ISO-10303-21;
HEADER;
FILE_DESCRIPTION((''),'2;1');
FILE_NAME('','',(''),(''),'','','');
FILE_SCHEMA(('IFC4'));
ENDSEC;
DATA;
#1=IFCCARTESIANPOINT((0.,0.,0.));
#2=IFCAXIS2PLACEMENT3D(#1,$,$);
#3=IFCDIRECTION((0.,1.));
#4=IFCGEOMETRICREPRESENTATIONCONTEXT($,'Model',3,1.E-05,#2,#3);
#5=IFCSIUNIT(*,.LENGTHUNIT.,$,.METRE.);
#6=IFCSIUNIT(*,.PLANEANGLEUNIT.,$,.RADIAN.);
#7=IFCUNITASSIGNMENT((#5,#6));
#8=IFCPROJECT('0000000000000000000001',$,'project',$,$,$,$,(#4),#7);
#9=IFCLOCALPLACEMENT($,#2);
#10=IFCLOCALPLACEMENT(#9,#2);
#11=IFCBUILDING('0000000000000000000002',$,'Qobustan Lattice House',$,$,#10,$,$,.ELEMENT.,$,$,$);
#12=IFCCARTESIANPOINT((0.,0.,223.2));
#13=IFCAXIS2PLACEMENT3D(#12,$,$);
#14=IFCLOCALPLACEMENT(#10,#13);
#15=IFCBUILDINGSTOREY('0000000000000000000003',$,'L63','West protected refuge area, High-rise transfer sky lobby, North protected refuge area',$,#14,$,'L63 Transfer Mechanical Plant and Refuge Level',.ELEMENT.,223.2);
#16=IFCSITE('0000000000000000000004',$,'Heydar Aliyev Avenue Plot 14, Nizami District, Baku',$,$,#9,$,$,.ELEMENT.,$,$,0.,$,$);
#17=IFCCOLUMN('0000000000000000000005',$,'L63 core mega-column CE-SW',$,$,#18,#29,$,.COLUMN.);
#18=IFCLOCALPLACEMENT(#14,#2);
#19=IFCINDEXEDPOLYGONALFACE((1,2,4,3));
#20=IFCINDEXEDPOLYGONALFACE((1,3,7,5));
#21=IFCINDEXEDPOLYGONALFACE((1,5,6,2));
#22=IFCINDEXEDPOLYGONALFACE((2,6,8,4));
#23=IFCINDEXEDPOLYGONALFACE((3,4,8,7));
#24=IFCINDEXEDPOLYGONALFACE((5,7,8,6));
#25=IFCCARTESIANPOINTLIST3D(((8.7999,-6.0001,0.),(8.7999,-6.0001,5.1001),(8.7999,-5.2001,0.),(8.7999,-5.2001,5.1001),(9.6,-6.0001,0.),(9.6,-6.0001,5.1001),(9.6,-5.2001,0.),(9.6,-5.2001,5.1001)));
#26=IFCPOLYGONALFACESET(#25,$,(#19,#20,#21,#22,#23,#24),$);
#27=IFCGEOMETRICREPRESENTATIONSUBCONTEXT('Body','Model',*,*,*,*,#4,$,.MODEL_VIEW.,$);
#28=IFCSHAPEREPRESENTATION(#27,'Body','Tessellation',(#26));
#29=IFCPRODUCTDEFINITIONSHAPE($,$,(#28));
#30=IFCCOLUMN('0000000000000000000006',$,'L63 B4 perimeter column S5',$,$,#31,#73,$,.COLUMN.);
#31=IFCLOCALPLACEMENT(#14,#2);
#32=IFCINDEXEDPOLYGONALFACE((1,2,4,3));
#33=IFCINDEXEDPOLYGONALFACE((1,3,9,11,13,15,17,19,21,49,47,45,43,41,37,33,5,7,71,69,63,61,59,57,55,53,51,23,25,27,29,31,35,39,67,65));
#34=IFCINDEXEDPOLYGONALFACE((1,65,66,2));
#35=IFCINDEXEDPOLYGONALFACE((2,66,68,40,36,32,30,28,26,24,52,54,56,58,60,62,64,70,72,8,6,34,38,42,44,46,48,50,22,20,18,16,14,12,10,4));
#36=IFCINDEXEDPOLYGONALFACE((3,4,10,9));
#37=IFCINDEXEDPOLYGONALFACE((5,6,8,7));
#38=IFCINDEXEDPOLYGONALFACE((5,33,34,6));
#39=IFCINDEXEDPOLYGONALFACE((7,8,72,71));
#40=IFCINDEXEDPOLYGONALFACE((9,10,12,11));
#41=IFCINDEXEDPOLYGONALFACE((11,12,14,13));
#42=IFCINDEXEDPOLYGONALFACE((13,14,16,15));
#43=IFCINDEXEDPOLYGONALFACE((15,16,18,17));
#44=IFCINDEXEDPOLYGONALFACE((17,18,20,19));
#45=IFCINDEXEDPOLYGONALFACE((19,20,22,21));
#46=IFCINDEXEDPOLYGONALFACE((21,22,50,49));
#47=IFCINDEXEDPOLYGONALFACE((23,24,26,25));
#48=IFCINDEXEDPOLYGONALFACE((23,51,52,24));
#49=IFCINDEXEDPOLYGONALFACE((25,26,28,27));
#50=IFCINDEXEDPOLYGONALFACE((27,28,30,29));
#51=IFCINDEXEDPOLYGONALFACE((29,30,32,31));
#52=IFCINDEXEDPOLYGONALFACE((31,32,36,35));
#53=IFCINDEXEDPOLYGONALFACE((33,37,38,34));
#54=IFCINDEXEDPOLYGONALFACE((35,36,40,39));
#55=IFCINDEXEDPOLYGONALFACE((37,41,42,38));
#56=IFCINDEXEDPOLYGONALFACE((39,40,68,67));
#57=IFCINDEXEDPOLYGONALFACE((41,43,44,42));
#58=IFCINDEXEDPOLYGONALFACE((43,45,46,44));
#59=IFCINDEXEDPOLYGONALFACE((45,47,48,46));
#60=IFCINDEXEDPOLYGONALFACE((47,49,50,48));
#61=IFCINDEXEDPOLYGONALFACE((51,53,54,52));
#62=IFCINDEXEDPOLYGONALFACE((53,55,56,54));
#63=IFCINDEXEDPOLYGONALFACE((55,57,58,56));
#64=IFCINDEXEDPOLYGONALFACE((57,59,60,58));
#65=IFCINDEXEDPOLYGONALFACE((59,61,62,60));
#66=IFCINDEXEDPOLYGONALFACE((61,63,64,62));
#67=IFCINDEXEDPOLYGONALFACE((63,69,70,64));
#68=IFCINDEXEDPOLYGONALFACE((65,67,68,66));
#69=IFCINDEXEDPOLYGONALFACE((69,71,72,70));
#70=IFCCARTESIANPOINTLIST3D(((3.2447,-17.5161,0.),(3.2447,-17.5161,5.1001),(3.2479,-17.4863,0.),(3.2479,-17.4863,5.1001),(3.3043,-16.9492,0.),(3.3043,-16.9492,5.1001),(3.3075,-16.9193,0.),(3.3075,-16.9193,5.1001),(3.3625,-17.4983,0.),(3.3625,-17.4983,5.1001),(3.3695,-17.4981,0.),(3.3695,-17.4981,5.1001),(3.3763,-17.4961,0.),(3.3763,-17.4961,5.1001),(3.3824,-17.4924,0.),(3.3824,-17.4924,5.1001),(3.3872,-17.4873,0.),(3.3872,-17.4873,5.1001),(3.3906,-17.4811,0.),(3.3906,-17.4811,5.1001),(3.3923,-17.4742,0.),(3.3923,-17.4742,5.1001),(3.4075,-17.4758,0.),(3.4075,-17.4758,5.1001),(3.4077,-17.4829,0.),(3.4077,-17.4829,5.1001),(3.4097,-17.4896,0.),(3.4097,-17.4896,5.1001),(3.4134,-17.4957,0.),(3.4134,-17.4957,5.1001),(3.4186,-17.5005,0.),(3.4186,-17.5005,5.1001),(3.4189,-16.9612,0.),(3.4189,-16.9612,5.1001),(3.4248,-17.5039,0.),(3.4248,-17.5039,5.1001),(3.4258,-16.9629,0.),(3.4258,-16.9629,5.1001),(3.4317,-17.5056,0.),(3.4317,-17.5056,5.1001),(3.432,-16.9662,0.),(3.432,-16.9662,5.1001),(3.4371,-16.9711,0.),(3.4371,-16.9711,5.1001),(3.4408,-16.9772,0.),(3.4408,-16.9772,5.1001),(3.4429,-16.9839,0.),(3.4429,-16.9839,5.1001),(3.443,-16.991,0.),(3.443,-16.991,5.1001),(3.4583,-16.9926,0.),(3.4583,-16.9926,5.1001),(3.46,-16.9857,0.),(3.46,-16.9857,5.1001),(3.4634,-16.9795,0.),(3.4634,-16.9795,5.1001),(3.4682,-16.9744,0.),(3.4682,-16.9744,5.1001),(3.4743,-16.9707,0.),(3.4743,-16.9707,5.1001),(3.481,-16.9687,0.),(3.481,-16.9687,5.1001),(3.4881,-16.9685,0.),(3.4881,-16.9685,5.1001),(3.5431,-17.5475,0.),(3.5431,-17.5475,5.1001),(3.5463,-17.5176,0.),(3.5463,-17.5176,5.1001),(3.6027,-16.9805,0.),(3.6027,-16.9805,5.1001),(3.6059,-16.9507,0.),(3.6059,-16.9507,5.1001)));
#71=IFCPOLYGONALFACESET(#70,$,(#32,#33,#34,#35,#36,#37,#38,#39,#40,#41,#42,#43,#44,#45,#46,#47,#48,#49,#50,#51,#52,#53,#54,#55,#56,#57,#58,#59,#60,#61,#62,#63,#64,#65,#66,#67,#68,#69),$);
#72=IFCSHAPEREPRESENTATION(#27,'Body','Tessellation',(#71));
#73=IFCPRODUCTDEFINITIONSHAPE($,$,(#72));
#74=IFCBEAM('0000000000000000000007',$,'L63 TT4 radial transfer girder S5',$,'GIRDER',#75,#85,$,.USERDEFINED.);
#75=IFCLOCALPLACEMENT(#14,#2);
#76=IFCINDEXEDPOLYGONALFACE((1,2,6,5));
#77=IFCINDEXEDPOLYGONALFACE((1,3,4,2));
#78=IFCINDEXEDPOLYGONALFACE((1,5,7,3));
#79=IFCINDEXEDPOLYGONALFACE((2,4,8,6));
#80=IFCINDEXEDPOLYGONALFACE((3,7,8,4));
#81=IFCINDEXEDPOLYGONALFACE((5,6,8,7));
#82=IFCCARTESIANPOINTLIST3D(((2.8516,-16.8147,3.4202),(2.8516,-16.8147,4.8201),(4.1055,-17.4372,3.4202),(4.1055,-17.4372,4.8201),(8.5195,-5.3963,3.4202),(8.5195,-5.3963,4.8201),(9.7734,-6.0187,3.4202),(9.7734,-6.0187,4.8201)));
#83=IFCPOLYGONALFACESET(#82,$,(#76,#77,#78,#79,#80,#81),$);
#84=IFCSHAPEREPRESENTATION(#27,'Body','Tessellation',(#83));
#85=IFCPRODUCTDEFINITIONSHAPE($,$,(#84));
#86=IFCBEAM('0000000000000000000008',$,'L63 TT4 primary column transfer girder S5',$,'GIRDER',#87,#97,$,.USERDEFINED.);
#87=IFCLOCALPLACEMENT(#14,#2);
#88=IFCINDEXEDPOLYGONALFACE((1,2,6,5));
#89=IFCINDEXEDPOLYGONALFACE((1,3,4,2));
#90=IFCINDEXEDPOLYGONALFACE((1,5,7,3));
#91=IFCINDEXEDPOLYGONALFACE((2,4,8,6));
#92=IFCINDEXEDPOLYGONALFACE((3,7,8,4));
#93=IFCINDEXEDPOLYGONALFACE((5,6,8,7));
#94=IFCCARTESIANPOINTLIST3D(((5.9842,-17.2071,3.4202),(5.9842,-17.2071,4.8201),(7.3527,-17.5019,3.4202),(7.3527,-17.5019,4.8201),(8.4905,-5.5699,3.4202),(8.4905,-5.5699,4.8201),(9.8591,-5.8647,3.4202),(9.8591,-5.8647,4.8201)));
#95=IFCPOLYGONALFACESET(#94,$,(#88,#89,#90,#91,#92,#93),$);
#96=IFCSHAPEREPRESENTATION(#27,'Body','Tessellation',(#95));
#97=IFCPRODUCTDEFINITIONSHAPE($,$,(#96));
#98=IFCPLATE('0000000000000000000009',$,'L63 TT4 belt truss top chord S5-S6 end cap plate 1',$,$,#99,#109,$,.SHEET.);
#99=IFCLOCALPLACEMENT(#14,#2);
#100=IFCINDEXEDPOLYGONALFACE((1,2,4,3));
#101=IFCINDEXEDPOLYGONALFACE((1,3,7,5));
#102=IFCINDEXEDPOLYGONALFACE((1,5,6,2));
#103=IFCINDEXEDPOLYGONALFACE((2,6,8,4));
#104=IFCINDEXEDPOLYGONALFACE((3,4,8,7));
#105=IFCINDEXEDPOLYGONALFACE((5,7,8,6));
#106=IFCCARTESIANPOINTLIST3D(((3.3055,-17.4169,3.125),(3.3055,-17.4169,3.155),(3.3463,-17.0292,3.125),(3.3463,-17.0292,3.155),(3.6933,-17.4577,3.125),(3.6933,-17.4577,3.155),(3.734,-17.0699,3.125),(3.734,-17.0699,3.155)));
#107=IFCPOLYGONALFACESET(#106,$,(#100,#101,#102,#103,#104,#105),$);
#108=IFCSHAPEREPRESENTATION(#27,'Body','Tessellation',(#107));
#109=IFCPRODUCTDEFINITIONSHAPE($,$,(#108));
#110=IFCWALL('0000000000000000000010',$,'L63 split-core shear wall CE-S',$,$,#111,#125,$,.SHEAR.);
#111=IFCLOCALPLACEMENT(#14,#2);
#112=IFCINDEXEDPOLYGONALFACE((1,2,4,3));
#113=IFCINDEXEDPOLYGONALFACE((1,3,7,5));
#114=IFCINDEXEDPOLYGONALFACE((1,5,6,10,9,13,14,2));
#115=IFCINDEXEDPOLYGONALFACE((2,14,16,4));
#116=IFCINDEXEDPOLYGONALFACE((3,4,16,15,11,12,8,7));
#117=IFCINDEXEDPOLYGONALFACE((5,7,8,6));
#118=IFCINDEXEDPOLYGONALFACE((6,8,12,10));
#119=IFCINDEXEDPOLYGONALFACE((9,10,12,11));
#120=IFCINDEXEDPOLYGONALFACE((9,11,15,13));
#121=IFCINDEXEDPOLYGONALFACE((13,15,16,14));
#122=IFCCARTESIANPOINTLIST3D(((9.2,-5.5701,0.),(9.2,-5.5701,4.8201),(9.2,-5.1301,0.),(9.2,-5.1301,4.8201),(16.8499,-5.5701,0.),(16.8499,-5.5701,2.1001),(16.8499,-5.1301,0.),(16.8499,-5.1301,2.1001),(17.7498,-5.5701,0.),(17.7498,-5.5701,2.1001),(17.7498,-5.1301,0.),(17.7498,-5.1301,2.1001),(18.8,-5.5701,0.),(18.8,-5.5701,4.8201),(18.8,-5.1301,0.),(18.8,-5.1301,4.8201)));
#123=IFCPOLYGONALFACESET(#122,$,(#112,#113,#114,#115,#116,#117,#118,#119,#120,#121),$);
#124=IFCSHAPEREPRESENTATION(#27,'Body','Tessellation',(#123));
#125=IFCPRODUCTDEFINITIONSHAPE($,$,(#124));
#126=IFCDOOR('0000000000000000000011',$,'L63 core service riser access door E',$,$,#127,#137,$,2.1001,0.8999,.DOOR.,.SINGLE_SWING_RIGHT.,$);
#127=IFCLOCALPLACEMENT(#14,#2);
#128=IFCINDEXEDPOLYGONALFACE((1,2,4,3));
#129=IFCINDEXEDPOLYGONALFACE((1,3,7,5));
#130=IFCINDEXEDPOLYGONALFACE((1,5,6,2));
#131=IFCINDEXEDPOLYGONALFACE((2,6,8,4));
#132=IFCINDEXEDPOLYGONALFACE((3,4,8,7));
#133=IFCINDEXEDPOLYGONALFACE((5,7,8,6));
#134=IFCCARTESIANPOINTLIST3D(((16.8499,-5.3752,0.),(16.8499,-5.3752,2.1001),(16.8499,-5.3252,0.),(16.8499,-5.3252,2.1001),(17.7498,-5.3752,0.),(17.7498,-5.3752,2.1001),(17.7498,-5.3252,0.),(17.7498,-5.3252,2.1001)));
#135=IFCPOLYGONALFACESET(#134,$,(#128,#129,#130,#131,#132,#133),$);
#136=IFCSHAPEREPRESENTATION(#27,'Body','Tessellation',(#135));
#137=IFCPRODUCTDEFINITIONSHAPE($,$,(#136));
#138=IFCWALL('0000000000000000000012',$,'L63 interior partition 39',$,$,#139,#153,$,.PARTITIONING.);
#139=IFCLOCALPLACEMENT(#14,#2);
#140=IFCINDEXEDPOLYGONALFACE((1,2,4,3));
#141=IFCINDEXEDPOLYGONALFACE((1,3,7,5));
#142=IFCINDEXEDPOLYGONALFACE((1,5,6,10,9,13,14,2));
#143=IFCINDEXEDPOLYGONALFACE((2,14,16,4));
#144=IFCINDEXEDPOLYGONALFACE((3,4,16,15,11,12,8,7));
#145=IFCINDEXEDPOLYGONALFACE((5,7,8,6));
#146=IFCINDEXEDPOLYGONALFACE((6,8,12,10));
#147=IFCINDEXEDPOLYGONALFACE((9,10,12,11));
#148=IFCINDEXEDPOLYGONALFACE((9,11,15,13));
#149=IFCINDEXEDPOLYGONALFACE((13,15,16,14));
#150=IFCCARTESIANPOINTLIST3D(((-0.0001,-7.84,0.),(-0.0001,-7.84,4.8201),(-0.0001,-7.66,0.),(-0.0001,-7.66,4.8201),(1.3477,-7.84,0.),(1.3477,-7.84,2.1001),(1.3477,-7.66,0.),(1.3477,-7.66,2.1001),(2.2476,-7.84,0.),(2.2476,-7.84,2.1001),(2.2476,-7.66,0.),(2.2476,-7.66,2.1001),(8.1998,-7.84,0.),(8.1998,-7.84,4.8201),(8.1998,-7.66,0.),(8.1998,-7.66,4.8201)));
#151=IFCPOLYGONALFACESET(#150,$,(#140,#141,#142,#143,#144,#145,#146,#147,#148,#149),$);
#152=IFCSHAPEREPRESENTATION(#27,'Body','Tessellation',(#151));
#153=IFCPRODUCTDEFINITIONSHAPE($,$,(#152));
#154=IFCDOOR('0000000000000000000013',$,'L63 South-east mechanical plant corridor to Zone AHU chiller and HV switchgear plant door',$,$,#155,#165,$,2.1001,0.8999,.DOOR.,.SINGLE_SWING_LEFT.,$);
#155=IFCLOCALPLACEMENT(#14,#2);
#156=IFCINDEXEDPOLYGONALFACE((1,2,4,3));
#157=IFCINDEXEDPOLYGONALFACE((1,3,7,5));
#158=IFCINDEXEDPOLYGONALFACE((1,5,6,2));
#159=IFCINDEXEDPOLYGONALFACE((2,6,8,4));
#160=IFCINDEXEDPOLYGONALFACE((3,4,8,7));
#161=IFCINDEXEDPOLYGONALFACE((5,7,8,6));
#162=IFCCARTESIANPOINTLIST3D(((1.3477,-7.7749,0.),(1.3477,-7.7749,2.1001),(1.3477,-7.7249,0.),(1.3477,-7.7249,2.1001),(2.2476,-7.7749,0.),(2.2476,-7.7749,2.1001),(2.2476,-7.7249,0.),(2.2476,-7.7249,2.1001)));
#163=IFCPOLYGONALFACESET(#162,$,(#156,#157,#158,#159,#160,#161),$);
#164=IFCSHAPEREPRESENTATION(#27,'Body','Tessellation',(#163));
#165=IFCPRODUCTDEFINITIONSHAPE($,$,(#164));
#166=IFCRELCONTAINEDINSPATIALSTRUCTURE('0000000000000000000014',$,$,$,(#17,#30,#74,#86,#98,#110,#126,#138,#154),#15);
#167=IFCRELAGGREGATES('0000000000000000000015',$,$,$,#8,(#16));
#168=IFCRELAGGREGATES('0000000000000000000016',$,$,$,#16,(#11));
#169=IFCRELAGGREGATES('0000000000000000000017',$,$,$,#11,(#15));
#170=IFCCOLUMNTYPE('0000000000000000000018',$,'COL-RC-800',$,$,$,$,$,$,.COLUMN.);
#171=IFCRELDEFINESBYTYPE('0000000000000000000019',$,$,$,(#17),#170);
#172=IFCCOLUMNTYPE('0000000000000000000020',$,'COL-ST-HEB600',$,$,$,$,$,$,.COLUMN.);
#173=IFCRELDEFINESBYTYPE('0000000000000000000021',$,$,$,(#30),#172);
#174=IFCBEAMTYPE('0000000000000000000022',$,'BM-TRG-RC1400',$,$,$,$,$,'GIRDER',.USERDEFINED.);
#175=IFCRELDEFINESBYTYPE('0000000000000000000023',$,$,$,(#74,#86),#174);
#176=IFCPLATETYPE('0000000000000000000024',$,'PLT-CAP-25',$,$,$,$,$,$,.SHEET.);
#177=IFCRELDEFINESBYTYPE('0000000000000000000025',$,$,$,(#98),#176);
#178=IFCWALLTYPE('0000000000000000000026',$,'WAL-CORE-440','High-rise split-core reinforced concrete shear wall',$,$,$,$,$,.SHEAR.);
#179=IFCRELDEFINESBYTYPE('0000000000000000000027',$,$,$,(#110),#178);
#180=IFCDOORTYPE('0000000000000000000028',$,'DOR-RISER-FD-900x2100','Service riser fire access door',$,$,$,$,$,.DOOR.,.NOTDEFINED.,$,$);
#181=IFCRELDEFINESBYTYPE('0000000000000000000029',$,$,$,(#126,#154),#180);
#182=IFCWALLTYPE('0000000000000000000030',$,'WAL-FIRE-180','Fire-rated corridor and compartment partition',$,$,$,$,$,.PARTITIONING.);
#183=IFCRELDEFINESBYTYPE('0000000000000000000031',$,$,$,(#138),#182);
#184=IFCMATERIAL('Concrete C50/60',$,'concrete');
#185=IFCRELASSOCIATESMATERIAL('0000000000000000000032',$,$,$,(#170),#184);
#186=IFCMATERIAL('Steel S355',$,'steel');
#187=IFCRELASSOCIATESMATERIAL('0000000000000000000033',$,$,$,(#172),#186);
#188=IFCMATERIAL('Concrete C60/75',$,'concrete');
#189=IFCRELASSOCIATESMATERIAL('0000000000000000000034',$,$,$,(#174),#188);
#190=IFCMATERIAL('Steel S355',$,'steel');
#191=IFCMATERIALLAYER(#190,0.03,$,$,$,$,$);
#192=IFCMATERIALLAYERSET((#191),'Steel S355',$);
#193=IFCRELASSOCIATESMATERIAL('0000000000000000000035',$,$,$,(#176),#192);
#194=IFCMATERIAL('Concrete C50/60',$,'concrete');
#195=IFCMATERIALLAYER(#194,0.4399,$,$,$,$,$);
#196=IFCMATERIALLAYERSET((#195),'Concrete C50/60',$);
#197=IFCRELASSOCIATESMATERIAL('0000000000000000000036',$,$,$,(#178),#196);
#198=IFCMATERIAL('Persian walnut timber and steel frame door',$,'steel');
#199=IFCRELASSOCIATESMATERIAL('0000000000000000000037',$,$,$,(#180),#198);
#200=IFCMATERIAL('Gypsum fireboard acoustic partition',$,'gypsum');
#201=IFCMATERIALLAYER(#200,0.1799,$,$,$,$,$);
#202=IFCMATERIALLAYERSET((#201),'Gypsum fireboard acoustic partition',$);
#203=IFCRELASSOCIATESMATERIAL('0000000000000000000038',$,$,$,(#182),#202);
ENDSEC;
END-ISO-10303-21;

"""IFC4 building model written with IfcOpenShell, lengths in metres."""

from ifc_helpers import new_model, si_unit, direction, frame, frame_2d, origin, origin_2d, place, context, subcontext, project, spatial, rectangle, i_section, extrude, material, layer, layer_set, material_profile, profile_set, type_object, element, fill, save


model = new_model("IFC4")

# Units and contexts
model_context = context("Model", 3, precision=1e-05, world=origin(), true_north=direction((0.0, 1.0)))
body_context = subcontext(model_context, "Body", "Model", "MODEL_VIEW")
ifc_project = project(units=[si_unit("LENGTHUNIT", "METRE"), si_unit("PLANEANGLEUNIT", "RADIAN")], contexts=[model_context])

# Site, building, storey
site_placement = place(None, origin())
site = spatial("IfcSite", under=ifc_project, at=site_placement, Name="Heydar Aliyev Avenue Plot 14, Nizami District, Baku", CompositionType="ELEMENT", RefElevation=0.0)
building_placement = place(site_placement, origin())
building = spatial("IfcBuilding", under=site, at=building_placement, Name="Qobustan Lattice House", CompositionType="ELEMENT")
storey_placement = place(building_placement, frame((0.0, 0.0, 223.2)))
storey = spatial("IfcBuildingStorey", under=building, at=storey_placement, Name="L63", Description="West protected refuge area, High-rise transfer sky lobby, North protected refuge area", LongName="L63 Transfer Mechanical Plant and Refuge Level", CompositionType="ELEMENT", Elevation=223.2)

# Columns
ifc_material_1 = material(Name="Concrete C50/60", Category="concrete")
ifc_material_profile_1 = material_profile(ifc_material_1, rectangle(XDim=0.8, YDim=0.8, at=origin_2d()), Name="RC800x800")
ifc_profile_set_1 = profile_set([ifc_material_profile_1], Name="Concrete C50/60")
column_type_1 = type_object("IfcColumnType", Name="COL-RC-800", PredefinedType="COLUMN", material=ifc_profile_set_1)
column_1_placement = place(storey_placement, frame((9.2, -5.6001, 0.0), z_axis=(0.0, 0.0, 1.0), x_axis=(1.0, 0.0, 0.0)))
element("IfcColumn", 1, at=column_1_placement, inside=storey, type_object=column_type_1, Name="L63 core mega-column CE-SW", PredefinedType="COLUMN", context=body_context, shape_type="SweptSolid", body=[
    extrude(rectangle(XDim=0.8, YDim=0.8, at=origin_2d()), origin(), (0.0, 0.0, 1.0), 5.1001),
])
ifc_material_2 = material(Name="Steel S355", Category="steel")
ifc_material_profile_2 = material_profile(ifc_material_2, i_section(OverallWidth=0.3, OverallDepth=0.6001, WebThickness=0.0154, FlangeThickness=0.03, FilletRadius=0.0271, at=origin_2d()), Name="HEB600")
ifc_profile_set_2 = profile_set([ifc_material_profile_2], Name="Steel S355")
column_type_2 = type_object("IfcColumnType", Name="COL-ST-HEB600", PredefinedType="COLUMN", material=ifc_profile_set_2)
column_2_placement = place(storey_placement, frame((3.4253, -17.2334, 0.0), z_axis=(0.0, 0.0, 1.0), x_axis=(0.994522, -0.104528, 0.0)))
element("IfcColumn", 2, at=column_2_placement, inside=storey, type_object=column_type_2, Name="L63 B4 perimeter column S5", PredefinedType="COLUMN", context=body_context, shape_type="SweptSolid", body=[
    extrude(i_section(OverallWidth=0.3, OverallDepth=0.6001, WebThickness=0.0154, FlangeThickness=0.03, FilletRadius=0.0271, at=origin_2d()), origin(), (0.0, 0.0, 1.0), 5.1001),
])

# Beams
ifc_material_3 = material(Name="Concrete C60/75", Category="concrete")
ifc_material_profile_3 = material_profile(ifc_material_3, rectangle(XDim=1.3999, YDim=1.3999, at=origin_2d()), Name="RC1400x1400")
ifc_profile_set_3 = profile_set([ifc_material_profile_3], Name="Concrete C60/75")
beam_type = type_object("IfcBeamType", Name="BM-TRG-RC1400", ElementType="GIRDER", PredefinedType="USERDEFINED", material=ifc_profile_set_3)
beam_1_placement = place(storey_placement, frame((9.1465, -5.7075, 4.1201), z_axis=(-0.444622, -0.895718, 0.0), x_axis=(0.895718, -0.444622, 0.0)))
element("IfcBeam", 3, at=beam_1_placement, inside=storey, type_object=beam_type, Name="L63 TT4 radial transfer girder S5", ObjectType="GIRDER", PredefinedType="USERDEFINED", context=body_context, shape_type="SweptSolid", body=[
    extrude(rectangle(XDim=1.3999, YDim=1.3999, at=origin_2d()), origin(), (0.0, 0.0, 1.0), 12.7478),
])
beam_2_placement = place(storey_placement, frame((9.1748, -5.7173, 4.1201), z_axis=(-0.210546, -0.977584, 0.0), x_axis=(0.977584, -0.210546, 0.0)))
element("IfcBeam", 4, at=beam_2_placement, inside=storey, type_object=beam_type, Name="L63 TT4 primary column transfer girder S5", ObjectType="GIRDER", PredefinedType="USERDEFINED", context=body_context, shape_type="SweptSolid", body=[
    extrude(rectangle(XDim=1.3999, YDim=1.3999, at=origin_2d()), origin(), (0.0, 0.0, 1.0), 11.9041),
])

# Plate
ifc_material_4 = material(Name="Steel S355", Category="steel")
ifc_layer_1 = layer(ifc_material_4, 0.03)
ifc_layer_set_1 = layer_set([ifc_layer_1], Name="Steel S355")
plate_type = type_object("IfcPlateType", Name="PLT-CAP-25", PredefinedType="SHEET", material=ifc_layer_set_1)
plate_placement = place(storey_placement, frame((3.5198, -17.2434, 3.125), z_axis=(0.0, 0.0, 1.0), x_axis=(0.994524, -0.104511, 0.0)))
element("IfcPlate", 5, at=plate_placement, inside=storey, type_object=plate_type, Name="L63 TT4 belt truss top chord S5-S6 end cap plate 1", PredefinedType="SHEET", context=body_context, shape_type="SweptSolid", body=[
    extrude(rectangle(XDim=0.3899, YDim=0.3899, at=origin_2d()), origin(), (0.0, 0.0, 1.0), 0.03),
])

# Wall, opening, door
ifc_material_5 = material(Name="Concrete C50/60", Category="concrete")
ifc_layer_2 = layer(ifc_material_5, 0.4399)
ifc_layer_set_2 = layer_set([ifc_layer_2], Name="Concrete C50/60")
wall_type_1 = type_object("IfcWallType", Name="WAL-CORE-440", Description="High-rise split-core reinforced concrete shear wall", PredefinedType="SHEAR", material=ifc_layer_set_2)
wall_1_placement = place(storey_placement, frame((9.2, -5.3501, 0.0), z_axis=(0.0, 0.0, 1.0), x_axis=(1.0, 0.0, 0.0)))
wall_1 = element("IfcWall", 6, at=wall_1_placement, inside=storey, type_object=wall_type_1, Name="L63 split-core shear wall CE-S", PredefinedType="SHEAR", context=body_context, shape_type="SweptSolid", body=[
    extrude(rectangle(XDim=9.6001, YDim=0.4399, at=frame_2d((4.8, 0.0))), origin(), (0.0, 0.0, 1.0), 4.8201),
])
opening_1_placement = place(wall_1_placement, frame((7.6499, 0.0, 0.0)))
opening_1 = element("IfcOpeningElement", 7, at=opening_1_placement, cuts=wall_1, PredefinedType="OPENING", context=body_context, shape_type="SweptSolid", body=[
    extrude(rectangle(XDim=0.8999, YDim=2.1001, at=frame_2d((0.45, 1.05))), frame((0.0, 0.23, 0.0), z_axis=(0.0, -1.0, 0.0), x_axis=(1.0, 0.0, 0.0)), (0.0, 0.0, 1.0), 0.46),
])
ifc_material_6 = material(Name="Persian walnut timber and steel frame door", Category="steel")
door_type_1 = type_object("IfcDoorType", Name="DOR-RISER-FD-900x2100", Description="Service riser fire access door", OperationType="NOTDEFINED", PredefinedType="DOOR", material=ifc_material_6)
door_1_placement = place(opening_1_placement, origin())
door_1 = element("IfcDoor", 8, at=door_1_placement, inside=storey, type_object=door_type_1, Name="L63 core service riser access door E", OperationType="SINGLE_SWING_RIGHT", OverallHeight=2.1001, OverallWidth=0.8999, PredefinedType="DOOR", context=body_context, shape_type="SweptSolid", body=[
    extrude(rectangle(XDim=0.8999, YDim=2.1001, at=frame_2d((0.45, 1.05))), frame((0.0, 0.0249, 0.0), z_axis=(0.0, -1.0, 0.0), x_axis=(1.0, 0.0, 0.0)), (0.0, 0.0, 1.0), 0.05),
])
fill(opening_1, door_1)

# Wall, opening, door
ifc_material_7 = material(Name="Gypsum fireboard acoustic partition", Category="gypsum")
ifc_layer_3 = layer(ifc_material_7, 0.1799)
ifc_layer_set_3 = layer_set([ifc_layer_3], Name="Gypsum fireboard acoustic partition")
wall_type_2 = type_object("IfcWallType", Name="WAL-FIRE-180", Description="Fire-rated corridor and compartment partition", PredefinedType="PARTITIONING", material=ifc_layer_set_3)
wall_2_placement = place(storey_placement, frame((8.2, -7.75, 0.0), z_axis=(0.0, 0.0, 1.0), x_axis=(-1.0, 0.0, 0.0)))
wall_2 = element("IfcWall", 9, at=wall_2_placement, inside=storey, type_object=wall_type_2, Name="L63 interior partition 39", PredefinedType="PARTITIONING", context=body_context, shape_type="SweptSolid", body=[
    extrude(rectangle(XDim=8.2, YDim=0.1799, at=frame_2d((4.1001, 0.0))), origin(), (0.0, 0.0, 1.0), 4.8201),
])
opening_2_placement = place(wall_2_placement, frame((5.9524, 0.0, 0.0)))
opening_2 = element("IfcOpeningElement", 10, at=opening_2_placement, cuts=wall_2, PredefinedType="OPENING", context=body_context, shape_type="SweptSolid", body=[
    extrude(rectangle(XDim=0.8999, YDim=2.1001, at=frame_2d((0.45, 1.05))), frame((0.0, 0.0999, 0.0), z_axis=(0.0, -1.0, 0.0), x_axis=(1.0, 0.0, 0.0)), (0.0, 0.0, 1.0), 0.2),
])
door_2_placement = place(opening_2_placement, origin())
door_2 = element("IfcDoor", 11, at=door_2_placement, inside=storey, type_object=door_type_1, Name="L63 South-east mechanical plant corridor to Zone AHU chiller and HV switchgear plant door", OperationType="SINGLE_SWING_LEFT", OverallHeight=2.1001, OverallWidth=0.8999, PredefinedType="DOOR", context=body_context, shape_type="SweptSolid", body=[
    extrude(rectangle(XDim=0.8999, YDim=2.1001, at=frame_2d((0.45, 1.05))), frame((0.0, 0.0249, 0.0), z_axis=(0.0, -1.0, 0.0), x_axis=(1.0, 0.0, 0.0)), (0.0, 0.0, 1.0), 0.05),
])
fill(opening_2, door_2)

save(model, "model.ifc")
